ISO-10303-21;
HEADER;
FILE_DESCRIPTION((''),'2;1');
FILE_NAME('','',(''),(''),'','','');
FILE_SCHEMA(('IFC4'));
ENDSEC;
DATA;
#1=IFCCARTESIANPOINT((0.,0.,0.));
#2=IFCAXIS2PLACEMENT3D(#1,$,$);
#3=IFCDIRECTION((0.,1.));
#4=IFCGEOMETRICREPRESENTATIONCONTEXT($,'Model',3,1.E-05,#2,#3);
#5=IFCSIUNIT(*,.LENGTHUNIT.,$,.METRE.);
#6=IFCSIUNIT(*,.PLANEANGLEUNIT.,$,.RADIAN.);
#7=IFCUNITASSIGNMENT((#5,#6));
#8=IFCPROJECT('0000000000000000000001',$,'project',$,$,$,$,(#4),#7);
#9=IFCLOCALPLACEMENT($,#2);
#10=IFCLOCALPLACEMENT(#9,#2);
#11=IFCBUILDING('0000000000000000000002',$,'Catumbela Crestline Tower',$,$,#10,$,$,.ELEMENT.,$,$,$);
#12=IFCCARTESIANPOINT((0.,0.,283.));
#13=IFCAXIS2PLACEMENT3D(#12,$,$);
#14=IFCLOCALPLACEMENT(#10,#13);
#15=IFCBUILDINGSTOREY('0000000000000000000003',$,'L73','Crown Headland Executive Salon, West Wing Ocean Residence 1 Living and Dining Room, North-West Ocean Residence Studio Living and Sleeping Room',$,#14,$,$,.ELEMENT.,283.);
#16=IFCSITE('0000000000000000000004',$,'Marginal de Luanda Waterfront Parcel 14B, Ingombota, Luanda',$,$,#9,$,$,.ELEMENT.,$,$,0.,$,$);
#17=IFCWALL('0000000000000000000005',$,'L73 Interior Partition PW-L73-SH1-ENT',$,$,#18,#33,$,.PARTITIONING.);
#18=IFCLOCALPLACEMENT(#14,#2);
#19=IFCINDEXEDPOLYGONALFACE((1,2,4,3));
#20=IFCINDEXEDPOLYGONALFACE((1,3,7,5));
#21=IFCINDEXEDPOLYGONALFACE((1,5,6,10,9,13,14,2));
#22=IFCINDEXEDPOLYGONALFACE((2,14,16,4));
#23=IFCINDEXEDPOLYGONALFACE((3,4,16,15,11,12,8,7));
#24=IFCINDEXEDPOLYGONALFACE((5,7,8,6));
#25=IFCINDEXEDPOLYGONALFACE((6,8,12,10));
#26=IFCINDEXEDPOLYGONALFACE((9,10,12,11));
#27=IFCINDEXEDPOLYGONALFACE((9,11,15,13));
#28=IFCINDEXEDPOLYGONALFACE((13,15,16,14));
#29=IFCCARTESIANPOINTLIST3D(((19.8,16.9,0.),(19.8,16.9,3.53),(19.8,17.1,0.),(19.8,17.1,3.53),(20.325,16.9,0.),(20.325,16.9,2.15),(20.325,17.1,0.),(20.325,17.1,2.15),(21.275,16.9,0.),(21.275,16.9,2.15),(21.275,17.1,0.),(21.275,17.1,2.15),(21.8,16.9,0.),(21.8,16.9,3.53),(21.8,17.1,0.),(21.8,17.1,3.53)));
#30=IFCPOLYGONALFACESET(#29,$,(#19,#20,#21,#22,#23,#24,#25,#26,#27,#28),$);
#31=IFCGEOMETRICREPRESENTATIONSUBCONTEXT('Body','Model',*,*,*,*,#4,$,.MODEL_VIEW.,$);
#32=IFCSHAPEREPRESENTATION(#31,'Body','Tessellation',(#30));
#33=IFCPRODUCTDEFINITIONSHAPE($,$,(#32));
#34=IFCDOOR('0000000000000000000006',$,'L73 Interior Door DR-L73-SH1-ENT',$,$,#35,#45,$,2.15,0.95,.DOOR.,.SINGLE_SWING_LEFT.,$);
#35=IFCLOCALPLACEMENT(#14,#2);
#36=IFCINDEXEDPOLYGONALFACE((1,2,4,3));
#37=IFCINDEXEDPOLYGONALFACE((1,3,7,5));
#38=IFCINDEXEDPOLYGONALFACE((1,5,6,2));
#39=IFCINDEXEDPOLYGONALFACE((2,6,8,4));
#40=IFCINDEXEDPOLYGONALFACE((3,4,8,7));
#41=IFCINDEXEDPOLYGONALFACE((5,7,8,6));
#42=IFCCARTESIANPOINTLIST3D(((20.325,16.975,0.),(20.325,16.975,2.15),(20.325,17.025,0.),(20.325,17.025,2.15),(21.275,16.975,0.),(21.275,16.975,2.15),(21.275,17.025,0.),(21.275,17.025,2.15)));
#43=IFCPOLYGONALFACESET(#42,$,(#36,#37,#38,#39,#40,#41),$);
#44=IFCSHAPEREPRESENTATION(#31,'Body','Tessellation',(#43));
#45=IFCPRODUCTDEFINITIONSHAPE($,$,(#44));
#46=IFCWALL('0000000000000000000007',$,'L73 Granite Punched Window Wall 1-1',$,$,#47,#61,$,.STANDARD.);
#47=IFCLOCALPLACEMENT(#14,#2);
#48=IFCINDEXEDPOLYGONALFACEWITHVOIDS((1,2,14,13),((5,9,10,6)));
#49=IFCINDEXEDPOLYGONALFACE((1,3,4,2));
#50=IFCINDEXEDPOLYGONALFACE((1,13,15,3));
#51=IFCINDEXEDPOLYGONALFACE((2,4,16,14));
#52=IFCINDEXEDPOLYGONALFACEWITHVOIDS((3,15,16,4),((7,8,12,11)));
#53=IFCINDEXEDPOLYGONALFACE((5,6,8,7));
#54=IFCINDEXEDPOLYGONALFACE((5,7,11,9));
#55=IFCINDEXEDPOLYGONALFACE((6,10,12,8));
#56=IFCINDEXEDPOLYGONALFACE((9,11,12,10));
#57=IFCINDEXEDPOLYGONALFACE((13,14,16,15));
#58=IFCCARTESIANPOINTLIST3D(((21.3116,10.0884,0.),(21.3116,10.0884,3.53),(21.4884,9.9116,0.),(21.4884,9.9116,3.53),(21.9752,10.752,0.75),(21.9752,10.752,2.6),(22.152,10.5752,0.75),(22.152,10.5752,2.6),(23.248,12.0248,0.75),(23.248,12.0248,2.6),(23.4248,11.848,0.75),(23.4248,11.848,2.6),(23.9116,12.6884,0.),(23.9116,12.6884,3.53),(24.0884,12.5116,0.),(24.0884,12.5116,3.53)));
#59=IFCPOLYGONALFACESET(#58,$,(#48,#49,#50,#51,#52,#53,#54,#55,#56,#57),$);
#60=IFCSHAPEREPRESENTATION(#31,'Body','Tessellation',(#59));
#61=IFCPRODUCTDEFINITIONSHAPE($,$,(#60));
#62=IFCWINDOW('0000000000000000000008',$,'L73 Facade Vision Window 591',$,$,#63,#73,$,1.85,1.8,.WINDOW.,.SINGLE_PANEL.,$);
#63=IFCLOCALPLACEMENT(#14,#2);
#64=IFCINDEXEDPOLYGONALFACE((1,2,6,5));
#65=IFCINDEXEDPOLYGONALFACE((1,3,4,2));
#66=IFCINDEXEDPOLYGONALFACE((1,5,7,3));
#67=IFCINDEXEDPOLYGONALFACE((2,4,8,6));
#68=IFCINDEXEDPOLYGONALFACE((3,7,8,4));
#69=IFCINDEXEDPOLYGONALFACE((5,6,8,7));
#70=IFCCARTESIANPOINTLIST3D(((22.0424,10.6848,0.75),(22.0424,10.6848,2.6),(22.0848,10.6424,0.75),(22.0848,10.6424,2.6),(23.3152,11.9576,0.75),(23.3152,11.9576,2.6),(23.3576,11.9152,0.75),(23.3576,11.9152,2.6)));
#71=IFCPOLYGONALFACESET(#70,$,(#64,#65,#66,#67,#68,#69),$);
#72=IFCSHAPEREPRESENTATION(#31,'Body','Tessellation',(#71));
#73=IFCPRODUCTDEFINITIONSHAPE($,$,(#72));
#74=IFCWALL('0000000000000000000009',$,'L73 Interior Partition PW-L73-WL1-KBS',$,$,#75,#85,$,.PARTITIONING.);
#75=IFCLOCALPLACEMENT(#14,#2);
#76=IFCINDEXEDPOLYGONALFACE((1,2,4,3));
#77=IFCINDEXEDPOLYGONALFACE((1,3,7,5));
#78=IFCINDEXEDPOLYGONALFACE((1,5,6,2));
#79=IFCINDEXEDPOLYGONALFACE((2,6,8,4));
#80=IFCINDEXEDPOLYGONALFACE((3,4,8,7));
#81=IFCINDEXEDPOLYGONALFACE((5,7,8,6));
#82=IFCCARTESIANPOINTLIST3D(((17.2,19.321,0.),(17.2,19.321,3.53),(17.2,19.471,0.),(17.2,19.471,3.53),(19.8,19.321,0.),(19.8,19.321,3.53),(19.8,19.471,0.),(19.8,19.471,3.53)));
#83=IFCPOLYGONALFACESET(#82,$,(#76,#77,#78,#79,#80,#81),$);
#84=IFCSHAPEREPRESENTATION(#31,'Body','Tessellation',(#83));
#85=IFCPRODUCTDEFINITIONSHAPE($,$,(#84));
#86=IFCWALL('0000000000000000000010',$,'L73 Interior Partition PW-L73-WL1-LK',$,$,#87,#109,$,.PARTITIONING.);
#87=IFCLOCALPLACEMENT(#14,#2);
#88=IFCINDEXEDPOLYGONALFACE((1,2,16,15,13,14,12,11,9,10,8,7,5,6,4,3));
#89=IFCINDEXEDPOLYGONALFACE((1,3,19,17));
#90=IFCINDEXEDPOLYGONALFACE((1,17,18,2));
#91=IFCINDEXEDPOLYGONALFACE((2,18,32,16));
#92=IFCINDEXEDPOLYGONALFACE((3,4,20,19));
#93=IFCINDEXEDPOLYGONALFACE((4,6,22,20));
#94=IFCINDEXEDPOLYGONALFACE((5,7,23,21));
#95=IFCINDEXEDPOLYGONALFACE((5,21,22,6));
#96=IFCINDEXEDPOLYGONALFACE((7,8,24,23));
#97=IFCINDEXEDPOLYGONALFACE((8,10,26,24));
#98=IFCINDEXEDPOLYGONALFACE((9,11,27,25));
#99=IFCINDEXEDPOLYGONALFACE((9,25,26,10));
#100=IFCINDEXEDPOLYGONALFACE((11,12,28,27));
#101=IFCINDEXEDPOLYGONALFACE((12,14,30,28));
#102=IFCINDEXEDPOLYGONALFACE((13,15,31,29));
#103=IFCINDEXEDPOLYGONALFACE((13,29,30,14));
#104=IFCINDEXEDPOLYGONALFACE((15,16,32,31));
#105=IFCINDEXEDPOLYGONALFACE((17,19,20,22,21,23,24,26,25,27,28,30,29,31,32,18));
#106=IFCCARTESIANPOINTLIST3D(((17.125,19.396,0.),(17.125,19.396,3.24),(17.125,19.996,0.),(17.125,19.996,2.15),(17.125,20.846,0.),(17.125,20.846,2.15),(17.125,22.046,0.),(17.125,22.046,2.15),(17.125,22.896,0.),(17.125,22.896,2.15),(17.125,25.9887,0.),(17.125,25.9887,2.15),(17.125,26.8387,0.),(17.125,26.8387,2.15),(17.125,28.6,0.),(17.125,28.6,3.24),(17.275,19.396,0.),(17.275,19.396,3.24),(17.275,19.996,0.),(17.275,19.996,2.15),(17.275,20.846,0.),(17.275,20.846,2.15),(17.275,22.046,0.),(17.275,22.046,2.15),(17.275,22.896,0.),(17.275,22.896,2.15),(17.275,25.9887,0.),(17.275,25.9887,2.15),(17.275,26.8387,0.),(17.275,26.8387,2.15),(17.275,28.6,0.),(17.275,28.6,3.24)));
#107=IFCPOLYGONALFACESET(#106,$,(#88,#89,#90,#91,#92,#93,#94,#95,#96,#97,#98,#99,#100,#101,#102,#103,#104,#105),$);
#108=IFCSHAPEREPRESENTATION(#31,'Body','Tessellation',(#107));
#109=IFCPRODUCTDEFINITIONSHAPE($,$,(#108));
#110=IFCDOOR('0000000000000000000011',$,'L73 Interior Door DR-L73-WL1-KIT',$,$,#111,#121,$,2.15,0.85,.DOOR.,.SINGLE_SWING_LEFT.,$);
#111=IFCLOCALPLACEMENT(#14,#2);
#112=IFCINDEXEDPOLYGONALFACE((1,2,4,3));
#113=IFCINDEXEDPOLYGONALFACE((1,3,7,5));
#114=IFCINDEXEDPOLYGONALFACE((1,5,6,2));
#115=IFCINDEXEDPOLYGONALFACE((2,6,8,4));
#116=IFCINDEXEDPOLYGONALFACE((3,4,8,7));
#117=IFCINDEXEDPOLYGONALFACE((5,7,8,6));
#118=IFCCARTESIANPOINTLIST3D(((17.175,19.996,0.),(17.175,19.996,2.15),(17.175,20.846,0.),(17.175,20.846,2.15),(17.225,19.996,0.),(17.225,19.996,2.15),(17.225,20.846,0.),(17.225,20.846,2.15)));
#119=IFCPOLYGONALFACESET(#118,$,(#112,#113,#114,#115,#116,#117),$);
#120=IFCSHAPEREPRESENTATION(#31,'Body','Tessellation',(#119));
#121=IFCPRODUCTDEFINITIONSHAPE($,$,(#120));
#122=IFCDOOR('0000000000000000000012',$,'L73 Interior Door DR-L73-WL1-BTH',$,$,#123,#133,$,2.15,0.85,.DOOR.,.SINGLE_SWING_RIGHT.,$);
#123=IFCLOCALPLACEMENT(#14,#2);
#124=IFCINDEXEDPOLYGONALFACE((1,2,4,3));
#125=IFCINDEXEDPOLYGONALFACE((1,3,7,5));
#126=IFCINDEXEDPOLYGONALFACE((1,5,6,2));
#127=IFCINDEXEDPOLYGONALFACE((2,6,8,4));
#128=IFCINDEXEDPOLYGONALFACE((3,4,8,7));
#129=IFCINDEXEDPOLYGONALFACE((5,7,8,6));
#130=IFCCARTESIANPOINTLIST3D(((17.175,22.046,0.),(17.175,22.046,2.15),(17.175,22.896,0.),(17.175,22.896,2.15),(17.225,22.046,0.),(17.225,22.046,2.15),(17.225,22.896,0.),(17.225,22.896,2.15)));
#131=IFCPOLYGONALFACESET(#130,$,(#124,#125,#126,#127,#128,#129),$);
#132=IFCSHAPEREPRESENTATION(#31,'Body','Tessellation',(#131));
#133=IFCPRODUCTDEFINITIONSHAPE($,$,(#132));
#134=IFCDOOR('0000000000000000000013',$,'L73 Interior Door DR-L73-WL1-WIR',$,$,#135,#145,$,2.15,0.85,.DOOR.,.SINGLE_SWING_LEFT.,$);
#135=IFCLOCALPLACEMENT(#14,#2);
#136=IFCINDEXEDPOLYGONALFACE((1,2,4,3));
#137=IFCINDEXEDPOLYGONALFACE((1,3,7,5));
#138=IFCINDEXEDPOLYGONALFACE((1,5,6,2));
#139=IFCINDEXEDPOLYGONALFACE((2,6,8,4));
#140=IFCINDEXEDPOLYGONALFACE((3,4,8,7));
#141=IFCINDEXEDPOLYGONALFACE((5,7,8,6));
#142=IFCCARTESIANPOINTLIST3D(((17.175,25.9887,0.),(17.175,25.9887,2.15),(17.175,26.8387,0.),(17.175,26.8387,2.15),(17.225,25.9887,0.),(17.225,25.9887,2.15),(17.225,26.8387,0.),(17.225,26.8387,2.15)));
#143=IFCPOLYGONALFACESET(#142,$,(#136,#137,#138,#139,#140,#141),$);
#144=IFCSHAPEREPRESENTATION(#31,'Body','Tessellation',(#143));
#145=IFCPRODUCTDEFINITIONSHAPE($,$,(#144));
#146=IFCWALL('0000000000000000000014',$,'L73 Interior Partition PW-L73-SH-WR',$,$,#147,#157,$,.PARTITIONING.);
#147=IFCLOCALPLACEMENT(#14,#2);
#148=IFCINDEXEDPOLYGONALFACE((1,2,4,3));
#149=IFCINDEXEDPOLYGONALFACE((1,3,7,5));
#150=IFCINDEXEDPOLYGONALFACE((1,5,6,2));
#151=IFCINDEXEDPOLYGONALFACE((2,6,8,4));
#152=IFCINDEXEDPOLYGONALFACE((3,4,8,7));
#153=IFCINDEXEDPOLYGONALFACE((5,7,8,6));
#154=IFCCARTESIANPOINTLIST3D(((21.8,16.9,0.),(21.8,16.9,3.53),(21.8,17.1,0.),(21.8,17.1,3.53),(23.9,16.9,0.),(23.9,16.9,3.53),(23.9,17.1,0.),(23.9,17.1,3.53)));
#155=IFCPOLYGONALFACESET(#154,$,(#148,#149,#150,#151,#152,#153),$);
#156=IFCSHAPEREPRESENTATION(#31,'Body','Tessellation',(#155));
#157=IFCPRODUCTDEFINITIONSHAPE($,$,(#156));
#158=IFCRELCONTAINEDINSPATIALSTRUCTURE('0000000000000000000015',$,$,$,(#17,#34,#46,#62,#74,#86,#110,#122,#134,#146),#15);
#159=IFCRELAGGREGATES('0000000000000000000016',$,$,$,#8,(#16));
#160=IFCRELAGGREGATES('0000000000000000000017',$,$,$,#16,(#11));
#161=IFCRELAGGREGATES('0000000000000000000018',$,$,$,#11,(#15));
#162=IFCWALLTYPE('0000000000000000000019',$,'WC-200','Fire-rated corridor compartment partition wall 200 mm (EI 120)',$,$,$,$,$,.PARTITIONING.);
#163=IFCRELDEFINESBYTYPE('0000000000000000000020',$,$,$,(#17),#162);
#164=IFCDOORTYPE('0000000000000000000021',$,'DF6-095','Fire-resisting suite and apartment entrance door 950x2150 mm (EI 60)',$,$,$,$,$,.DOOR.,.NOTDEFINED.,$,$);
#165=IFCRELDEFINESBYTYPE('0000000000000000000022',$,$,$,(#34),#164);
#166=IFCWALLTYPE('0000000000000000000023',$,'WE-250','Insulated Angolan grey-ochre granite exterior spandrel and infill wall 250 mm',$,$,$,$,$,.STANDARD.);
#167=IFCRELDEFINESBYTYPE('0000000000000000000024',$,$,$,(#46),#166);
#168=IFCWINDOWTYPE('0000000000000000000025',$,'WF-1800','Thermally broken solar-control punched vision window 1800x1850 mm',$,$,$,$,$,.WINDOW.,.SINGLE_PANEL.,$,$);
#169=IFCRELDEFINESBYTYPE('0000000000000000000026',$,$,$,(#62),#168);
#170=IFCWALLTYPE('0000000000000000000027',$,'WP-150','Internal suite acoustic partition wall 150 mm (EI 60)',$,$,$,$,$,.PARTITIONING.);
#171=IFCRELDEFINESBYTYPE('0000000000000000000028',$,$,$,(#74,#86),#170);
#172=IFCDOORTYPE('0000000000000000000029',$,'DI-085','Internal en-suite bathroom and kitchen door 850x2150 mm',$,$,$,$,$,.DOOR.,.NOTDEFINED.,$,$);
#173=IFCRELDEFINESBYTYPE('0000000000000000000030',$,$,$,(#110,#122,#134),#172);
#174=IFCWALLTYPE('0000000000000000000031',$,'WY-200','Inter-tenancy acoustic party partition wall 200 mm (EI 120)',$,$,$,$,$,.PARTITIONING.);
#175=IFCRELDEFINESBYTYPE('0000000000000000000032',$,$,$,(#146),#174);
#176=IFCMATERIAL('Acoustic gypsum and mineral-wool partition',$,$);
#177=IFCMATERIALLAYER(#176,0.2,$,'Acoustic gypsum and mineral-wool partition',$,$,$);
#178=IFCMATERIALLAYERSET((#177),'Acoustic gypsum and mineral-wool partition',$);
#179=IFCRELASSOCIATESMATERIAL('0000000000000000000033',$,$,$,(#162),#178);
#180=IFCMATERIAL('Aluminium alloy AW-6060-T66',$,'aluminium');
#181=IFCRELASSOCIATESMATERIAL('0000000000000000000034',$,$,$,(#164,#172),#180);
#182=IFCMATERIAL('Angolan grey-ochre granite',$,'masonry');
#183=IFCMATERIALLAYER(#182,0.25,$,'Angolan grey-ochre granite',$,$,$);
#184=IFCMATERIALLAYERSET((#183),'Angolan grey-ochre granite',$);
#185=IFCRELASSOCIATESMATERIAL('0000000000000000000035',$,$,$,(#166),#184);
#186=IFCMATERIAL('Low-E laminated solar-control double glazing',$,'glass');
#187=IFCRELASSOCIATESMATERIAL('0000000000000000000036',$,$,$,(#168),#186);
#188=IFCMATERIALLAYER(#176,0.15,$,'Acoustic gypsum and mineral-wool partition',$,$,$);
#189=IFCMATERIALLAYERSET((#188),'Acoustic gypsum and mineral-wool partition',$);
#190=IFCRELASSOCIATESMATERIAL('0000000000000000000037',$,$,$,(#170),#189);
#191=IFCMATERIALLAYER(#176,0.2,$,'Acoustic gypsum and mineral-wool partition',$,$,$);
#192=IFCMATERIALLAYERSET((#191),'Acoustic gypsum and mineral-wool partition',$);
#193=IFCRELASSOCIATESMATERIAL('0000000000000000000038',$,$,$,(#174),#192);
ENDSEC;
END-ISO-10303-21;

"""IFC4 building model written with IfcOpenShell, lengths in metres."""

from ifc_helpers import new_model, si_unit, direction, frame, frame_2d, origin, place, context, subcontext, project, spatial, rectangle, extrude, material, layer, layer_set, type_object, element, fill, save


model = new_model("IFC4")

# Units and contexts
model_context = context("Model", 3, precision=1e-05, world=origin(), true_north=direction((0.0, 1.0)))
body_context = subcontext(model_context, "Body", "Model", "MODEL_VIEW")
ifc_project = project(units=[si_unit("LENGTHUNIT", "METRE"), si_unit("PLANEANGLEUNIT", "RADIAN")], contexts=[model_context])

# Site, building, storey
site_placement = place(None, origin())
site = spatial("IfcSite", under=ifc_project, at=site_placement, Name="Marginal de Luanda Waterfront Parcel 14B, Ingombota, Luanda", CompositionType="ELEMENT", RefElevation=0.0)
building_placement = place(site_placement, origin())
building = spatial("IfcBuilding", under=site, at=building_placement, Name="Catumbela Crestline Tower", CompositionType="ELEMENT")
storey_placement = place(building_placement, frame((0.0, 0.0, 283.0)))
storey = spatial("IfcBuildingStorey", under=building, at=storey_placement, Name="L73", Description="Crown Headland Executive Salon, West Wing Ocean Residence 1 Living and Dining Room, North-West Ocean Residence Studio Living and Sleeping Room", CompositionType="ELEMENT", Elevation=283.0)

# Shared definitions
ifc_material_1 = material(Name="Aluminium alloy AW-6060-T66", Category="aluminium")
ifc_material_2 = material(Name="Low-E laminated solar-control double glazing", Category="glass")

# Wall, opening, door
ifc_material_3 = material(Name="Acoustic gypsum and mineral-wool partition")
ifc_layer_1 = layer(ifc_material_3, 0.2, Name="Acoustic gypsum and mineral-wool partition")
ifc_layer_set_1 = layer_set([ifc_layer_1], Name="Acoustic gypsum and mineral-wool partition")
wall_type_1 = type_object("IfcWallType", Name="WC-200", Description="Fire-rated corridor compartment partition wall 200 mm (EI 120)", PredefinedType="PARTITIONING", material=ifc_layer_set_1)
door_type_1 = type_object("IfcDoorType", Name="DF6-095", Description="Fire-resisting suite and apartment entrance door 950x2150 mm (EI 60)", OperationType="NOTDEFINED", PredefinedType="DOOR", material=ifc_material_1)
wall_1_placement = place(storey_placement, frame((19.8, 17.0, 0.0), z_axis=(0.0, 0.0, 1.0), x_axis=(1.0, 0.0, 0.0)))
wall_1 = element("IfcWall", 1, at=wall_1_placement, inside=storey, type_object=wall_type_1, Name="L73 Interior Partition PW-L73-SH1-ENT", PredefinedType="PARTITIONING", context=body_context, shape_type="SweptSolid", body=[
    extrude(rectangle(XDim=2.0, YDim=0.2, at=frame_2d((1.0, 0.0))), origin(), (0.0, 0.0, 1.0), 3.53),
])
opening_1_placement = place(wall_1_placement, frame((0.525, 0.0, 0.0)))
opening_1 = element("IfcOpeningElement", 2, at=opening_1_placement, cuts=wall_1, PredefinedType="OPENING", context=body_context, shape_type="SweptSolid", body=[
    extrude(rectangle(XDim=0.95, YDim=2.15, at=frame_2d((0.475, 1.075))), frame((0.0, 0.11, 0.0), z_axis=(0.0, -1.0, 0.0), x_axis=(1.0, 0.0, 0.0)), (0.0, 0.0, 1.0), 0.22),
])
door_1_placement = place(opening_1_placement, origin())
door_1 = element("IfcDoor", 3, at=door_1_placement, inside=storey, type_object=door_type_1, Name="L73 Interior Door DR-L73-SH1-ENT", OperationType="SINGLE_SWING_LEFT", OverallHeight=2.15, OverallWidth=0.95, PredefinedType="DOOR", context=body_context, shape_type="SweptSolid", body=[
    extrude(rectangle(XDim=0.95, YDim=2.15, at=frame_2d((0.475, 1.075))), frame((0.0, 0.025, 0.0), z_axis=(0.0, -1.0, 0.0), x_axis=(1.0, 0.0, 0.0)), (0.0, 0.0, 1.0), 0.05),
])
fill(opening_1, door_1)

# Wall, opening, window
ifc_material_4 = material(Name="Angolan grey-ochre granite", Category="masonry")
ifc_layer_2 = layer(ifc_material_4, 0.25, Name="Angolan grey-ochre granite")
ifc_layer_set_2 = layer_set([ifc_layer_2], Name="Angolan grey-ochre granite")
wall_type_2 = type_object("IfcWallType", Name="WE-250", Description="Insulated Angolan grey-ochre granite exterior spandrel and infill wall 250 mm", PredefinedType="STANDARD", material=ifc_layer_set_2)
wall_2_placement = place(storey_placement, frame((21.4, 10.0, 0.0), z_axis=(0.0, 0.0, 1.0), x_axis=(0.707107, 0.707107, 0.0)))
wall_2 = element("IfcWall", 4, at=wall_2_placement, inside=storey, type_object=wall_type_2, Name="L73 Granite Punched Window Wall 1-1", PredefinedType="STANDARD", context=body_context, shape_type="SweptSolid", body=[
    extrude(rectangle(XDim=3.677, YDim=0.25, at=frame_2d((1.8385, 0.0))), origin(), (0.0, 0.0, 1.0), 3.53),
])
opening_2_placement = place(wall_2_placement, frame((0.9385, 0.0, 0.75)))
opening_2 = element("IfcOpeningElement", 5, at=opening_2_placement, cuts=wall_2, PredefinedType="OPENING", context=body_context, shape_type="SweptSolid", body=[
    extrude(rectangle(XDim=1.8, YDim=1.85, at=frame_2d((0.9, 0.925))), frame((0.0, 0.135, 0.0), z_axis=(0.0, -1.0, 0.0), x_axis=(1.0, 0.0, 0.0)), (0.0, 0.0, 1.0), 0.27),
])
window_type = type_object("IfcWindowType", Name="WF-1800", Description="Thermally broken solar-control punched vision window 1800x1850 mm", PartitioningType="SINGLE_PANEL", PredefinedType="WINDOW", material=ifc_material_2)
window_placement = place(opening_2_placement, origin())
window = element("IfcWindow", 6, at=window_placement, inside=storey, type_object=window_type, Name="L73 Facade Vision Window 591", OverallHeight=1.85, OverallWidth=1.8, PartitioningType="SINGLE_PANEL", PredefinedType="WINDOW", context=body_context, shape_type="SweptSolid", body=[
    extrude(rectangle(XDim=1.8, YDim=1.85, at=frame_2d((0.9, 0.925))), frame((0.0, 0.03, 0.0), z_axis=(0.0, -1.0, 0.0), x_axis=(1.0, 0.0, 0.0)), (0.0, 0.0, 1.0), 0.06),
])
fill(opening_2, window)

# Wall
ifc_layer_3 = layer(ifc_material_3, 0.15, Name="Acoustic gypsum and mineral-wool partition")
ifc_layer_set_3 = layer_set([ifc_layer_3], Name="Acoustic gypsum and mineral-wool partition")
wall_type_3 = type_object("IfcWallType", Name="WP-150", Description="Internal suite acoustic partition wall 150 mm (EI 60)", PredefinedType="PARTITIONING", material=ifc_layer_set_3)
wall_3_placement = place(storey_placement, frame((17.2, 19.396, 0.0), z_axis=(0.0, 0.0, 1.0), x_axis=(1.0, 0.0, 0.0)))
element("IfcWall", 7, at=wall_3_placement, inside=storey, type_object=wall_type_3, Name="L73 Interior Partition PW-L73-WL1-KBS", PredefinedType="PARTITIONING", context=body_context, shape_type="SweptSolid", body=[
    extrude(rectangle(XDim=2.6, YDim=0.15, at=frame_2d((1.3, 0.0))), origin(), (0.0, 0.0, 1.0), 3.53),
])

# Wall, openings, doors
wall_4_placement = place(storey_placement, frame((17.2, 19.396, 0.0), z_axis=(0.0, 0.0, 1.0), x_axis=(0.0, 1.0, 0.0)))
wall_4 = element("IfcWall", 8, at=wall_4_placement, inside=storey, type_object=wall_type_3, Name="L73 Interior Partition PW-L73-WL1-LK", PredefinedType="PARTITIONING", context=body_context, shape_type="SweptSolid", body=[
    extrude(rectangle(XDim=9.204, YDim=0.15, at=frame_2d((4.602, 0.0))), origin(), (0.0, 0.0, 1.0), 3.24),
])
opening_3_placement = place(wall_4_placement, frame((0.6, 0.0, 0.0)))
opening_3 = element("IfcOpeningElement", 9, at=opening_3_placement, cuts=wall_4, PredefinedType="OPENING", context=body_context, shape_type="SweptSolid", body=[
    extrude(rectangle(XDim=0.85, YDim=2.15, at=frame_2d((0.425, 1.075))), frame((0.0, 0.085, 0.0), z_axis=(0.0, -1.0, 0.0), x_axis=(1.0, 0.0, 0.0)), (0.0, 0.0, 1.0), 0.17),
])
opening_4_placement = place(wall_4_placement, frame((2.65, 0.0, 0.0)))
opening_4 = element("IfcOpeningElement", 10, at=opening_4_placement, cuts=wall_4, PredefinedType="OPENING", context=body_context, shape_type="SweptSolid", body=[
    extrude(rectangle(XDim=0.85, YDim=2.15, at=frame_2d((0.425, 1.075))), frame((0.0, 0.085, 0.0), z_axis=(0.0, -1.0, 0.0), x_axis=(1.0, 0.0, 0.0)), (0.0, 0.0, 1.0), 0.17),
])
opening_5_placement = place(wall_4_placement, frame((6.5927, 0.0, 0.0)))
opening_5 = element("IfcOpeningElement", 11, at=opening_5_placement, cuts=wall_4, PredefinedType="OPENING", context=body_context, shape_type="SweptSolid", body=[
    extrude(rectangle(XDim=0.85, YDim=2.15, at=frame_2d((0.425, 1.075))), frame((0.0, 0.085, 0.0), z_axis=(0.0, -1.0, 0.0), x_axis=(1.0, 0.0, 0.0)), (0.0, 0.0, 1.0), 0.17),
])
door_type_2 = type_object("IfcDoorType", Name="DI-085", Description="Internal en-suite bathroom and kitchen door 850x2150 mm", OperationType="NOTDEFINED", PredefinedType="DOOR", material=ifc_material_1)
door_2_placement = place(opening_3_placement, origin())
door_2 = element("IfcDoor", 12, at=door_2_placement, inside=storey, type_object=door_type_2, Name="L73 Interior Door DR-L73-WL1-KIT", OperationType="SINGLE_SWING_LEFT", OverallHeight=2.15, OverallWidth=0.85, PredefinedType="DOOR", context=body_context, shape_type="SweptSolid", body=[
    extrude(rectangle(XDim=0.85, YDim=2.15, at=frame_2d((0.425, 1.075))), frame((0.0, 0.025, 0.0), z_axis=(0.0, -1.0, 0.0), x_axis=(1.0, 0.0, 0.0)), (0.0, 0.0, 1.0), 0.05),
])
fill(opening_3, door_2)
door_3_placement = place(opening_4_placement, origin())
door_3 = element("IfcDoor", 13, at=door_3_placement, inside=storey, type_object=door_type_2, Name="L73 Interior Door DR-L73-WL1-BTH", OperationType="SINGLE_SWING_RIGHT", OverallHeight=2.15, OverallWidth=0.85, PredefinedType="DOOR", context=body_context, shape_type="SweptSolid", body=[
    extrude(rectangle(XDim=0.85, YDim=2.15, at=frame_2d((0.425, 1.075))), frame((0.0, 0.025, 0.0), z_axis=(0.0, -1.0, 0.0), x_axis=(1.0, 0.0, 0.0)), (0.0, 0.0, 1.0), 0.05),
])
fill(opening_4, door_3)
door_4_placement = place(opening_5_placement, origin())
door_4 = element("IfcDoor", 14, at=door_4_placement, inside=storey, type_object=door_type_2, Name="L73 Interior Door DR-L73-WL1-WIR", OperationType="SINGLE_SWING_LEFT", OverallHeight=2.15, OverallWidth=0.85, PredefinedType="DOOR", context=body_context, shape_type="SweptSolid", body=[
    extrude(rectangle(XDim=0.85, YDim=2.15, at=frame_2d((0.425, 1.075))), frame((0.0, 0.025, 0.0), z_axis=(0.0, -1.0, 0.0), x_axis=(1.0, 0.0, 0.0)), (0.0, 0.0, 1.0), 0.05),
])
fill(opening_5, door_4)

# Wall
ifc_layer_4 = layer(ifc_material_3, 0.2, Name="Acoustic gypsum and mineral-wool partition")
ifc_layer_set_4 = layer_set([ifc_layer_4], Name="Acoustic gypsum and mineral-wool partition")
wall_type_4 = type_object("IfcWallType", Name="WY-200", Description="Inter-tenancy acoustic party partition wall 200 mm (EI 120)", PredefinedType="PARTITIONING", material=ifc_layer_set_4)
wall_5_placement = place(storey_placement, frame((21.8, 17.0, 0.0), z_axis=(0.0, 0.0, 1.0), x_axis=(1.0, 0.0, 0.0)))
element("IfcWall", 15, at=wall_5_placement, inside=storey, type_object=wall_type_4, Name="L73 Interior Partition PW-L73-SH-WR", PredefinedType="PARTITIONING", context=body_context, shape_type="SweptSolid", body=[
    extrude(rectangle(XDim=2.1, YDim=0.2, at=frame_2d((1.05, 0.0))), origin(), (0.0, 0.0, 1.0), 3.53),
])

save(model, "model.ifc")
